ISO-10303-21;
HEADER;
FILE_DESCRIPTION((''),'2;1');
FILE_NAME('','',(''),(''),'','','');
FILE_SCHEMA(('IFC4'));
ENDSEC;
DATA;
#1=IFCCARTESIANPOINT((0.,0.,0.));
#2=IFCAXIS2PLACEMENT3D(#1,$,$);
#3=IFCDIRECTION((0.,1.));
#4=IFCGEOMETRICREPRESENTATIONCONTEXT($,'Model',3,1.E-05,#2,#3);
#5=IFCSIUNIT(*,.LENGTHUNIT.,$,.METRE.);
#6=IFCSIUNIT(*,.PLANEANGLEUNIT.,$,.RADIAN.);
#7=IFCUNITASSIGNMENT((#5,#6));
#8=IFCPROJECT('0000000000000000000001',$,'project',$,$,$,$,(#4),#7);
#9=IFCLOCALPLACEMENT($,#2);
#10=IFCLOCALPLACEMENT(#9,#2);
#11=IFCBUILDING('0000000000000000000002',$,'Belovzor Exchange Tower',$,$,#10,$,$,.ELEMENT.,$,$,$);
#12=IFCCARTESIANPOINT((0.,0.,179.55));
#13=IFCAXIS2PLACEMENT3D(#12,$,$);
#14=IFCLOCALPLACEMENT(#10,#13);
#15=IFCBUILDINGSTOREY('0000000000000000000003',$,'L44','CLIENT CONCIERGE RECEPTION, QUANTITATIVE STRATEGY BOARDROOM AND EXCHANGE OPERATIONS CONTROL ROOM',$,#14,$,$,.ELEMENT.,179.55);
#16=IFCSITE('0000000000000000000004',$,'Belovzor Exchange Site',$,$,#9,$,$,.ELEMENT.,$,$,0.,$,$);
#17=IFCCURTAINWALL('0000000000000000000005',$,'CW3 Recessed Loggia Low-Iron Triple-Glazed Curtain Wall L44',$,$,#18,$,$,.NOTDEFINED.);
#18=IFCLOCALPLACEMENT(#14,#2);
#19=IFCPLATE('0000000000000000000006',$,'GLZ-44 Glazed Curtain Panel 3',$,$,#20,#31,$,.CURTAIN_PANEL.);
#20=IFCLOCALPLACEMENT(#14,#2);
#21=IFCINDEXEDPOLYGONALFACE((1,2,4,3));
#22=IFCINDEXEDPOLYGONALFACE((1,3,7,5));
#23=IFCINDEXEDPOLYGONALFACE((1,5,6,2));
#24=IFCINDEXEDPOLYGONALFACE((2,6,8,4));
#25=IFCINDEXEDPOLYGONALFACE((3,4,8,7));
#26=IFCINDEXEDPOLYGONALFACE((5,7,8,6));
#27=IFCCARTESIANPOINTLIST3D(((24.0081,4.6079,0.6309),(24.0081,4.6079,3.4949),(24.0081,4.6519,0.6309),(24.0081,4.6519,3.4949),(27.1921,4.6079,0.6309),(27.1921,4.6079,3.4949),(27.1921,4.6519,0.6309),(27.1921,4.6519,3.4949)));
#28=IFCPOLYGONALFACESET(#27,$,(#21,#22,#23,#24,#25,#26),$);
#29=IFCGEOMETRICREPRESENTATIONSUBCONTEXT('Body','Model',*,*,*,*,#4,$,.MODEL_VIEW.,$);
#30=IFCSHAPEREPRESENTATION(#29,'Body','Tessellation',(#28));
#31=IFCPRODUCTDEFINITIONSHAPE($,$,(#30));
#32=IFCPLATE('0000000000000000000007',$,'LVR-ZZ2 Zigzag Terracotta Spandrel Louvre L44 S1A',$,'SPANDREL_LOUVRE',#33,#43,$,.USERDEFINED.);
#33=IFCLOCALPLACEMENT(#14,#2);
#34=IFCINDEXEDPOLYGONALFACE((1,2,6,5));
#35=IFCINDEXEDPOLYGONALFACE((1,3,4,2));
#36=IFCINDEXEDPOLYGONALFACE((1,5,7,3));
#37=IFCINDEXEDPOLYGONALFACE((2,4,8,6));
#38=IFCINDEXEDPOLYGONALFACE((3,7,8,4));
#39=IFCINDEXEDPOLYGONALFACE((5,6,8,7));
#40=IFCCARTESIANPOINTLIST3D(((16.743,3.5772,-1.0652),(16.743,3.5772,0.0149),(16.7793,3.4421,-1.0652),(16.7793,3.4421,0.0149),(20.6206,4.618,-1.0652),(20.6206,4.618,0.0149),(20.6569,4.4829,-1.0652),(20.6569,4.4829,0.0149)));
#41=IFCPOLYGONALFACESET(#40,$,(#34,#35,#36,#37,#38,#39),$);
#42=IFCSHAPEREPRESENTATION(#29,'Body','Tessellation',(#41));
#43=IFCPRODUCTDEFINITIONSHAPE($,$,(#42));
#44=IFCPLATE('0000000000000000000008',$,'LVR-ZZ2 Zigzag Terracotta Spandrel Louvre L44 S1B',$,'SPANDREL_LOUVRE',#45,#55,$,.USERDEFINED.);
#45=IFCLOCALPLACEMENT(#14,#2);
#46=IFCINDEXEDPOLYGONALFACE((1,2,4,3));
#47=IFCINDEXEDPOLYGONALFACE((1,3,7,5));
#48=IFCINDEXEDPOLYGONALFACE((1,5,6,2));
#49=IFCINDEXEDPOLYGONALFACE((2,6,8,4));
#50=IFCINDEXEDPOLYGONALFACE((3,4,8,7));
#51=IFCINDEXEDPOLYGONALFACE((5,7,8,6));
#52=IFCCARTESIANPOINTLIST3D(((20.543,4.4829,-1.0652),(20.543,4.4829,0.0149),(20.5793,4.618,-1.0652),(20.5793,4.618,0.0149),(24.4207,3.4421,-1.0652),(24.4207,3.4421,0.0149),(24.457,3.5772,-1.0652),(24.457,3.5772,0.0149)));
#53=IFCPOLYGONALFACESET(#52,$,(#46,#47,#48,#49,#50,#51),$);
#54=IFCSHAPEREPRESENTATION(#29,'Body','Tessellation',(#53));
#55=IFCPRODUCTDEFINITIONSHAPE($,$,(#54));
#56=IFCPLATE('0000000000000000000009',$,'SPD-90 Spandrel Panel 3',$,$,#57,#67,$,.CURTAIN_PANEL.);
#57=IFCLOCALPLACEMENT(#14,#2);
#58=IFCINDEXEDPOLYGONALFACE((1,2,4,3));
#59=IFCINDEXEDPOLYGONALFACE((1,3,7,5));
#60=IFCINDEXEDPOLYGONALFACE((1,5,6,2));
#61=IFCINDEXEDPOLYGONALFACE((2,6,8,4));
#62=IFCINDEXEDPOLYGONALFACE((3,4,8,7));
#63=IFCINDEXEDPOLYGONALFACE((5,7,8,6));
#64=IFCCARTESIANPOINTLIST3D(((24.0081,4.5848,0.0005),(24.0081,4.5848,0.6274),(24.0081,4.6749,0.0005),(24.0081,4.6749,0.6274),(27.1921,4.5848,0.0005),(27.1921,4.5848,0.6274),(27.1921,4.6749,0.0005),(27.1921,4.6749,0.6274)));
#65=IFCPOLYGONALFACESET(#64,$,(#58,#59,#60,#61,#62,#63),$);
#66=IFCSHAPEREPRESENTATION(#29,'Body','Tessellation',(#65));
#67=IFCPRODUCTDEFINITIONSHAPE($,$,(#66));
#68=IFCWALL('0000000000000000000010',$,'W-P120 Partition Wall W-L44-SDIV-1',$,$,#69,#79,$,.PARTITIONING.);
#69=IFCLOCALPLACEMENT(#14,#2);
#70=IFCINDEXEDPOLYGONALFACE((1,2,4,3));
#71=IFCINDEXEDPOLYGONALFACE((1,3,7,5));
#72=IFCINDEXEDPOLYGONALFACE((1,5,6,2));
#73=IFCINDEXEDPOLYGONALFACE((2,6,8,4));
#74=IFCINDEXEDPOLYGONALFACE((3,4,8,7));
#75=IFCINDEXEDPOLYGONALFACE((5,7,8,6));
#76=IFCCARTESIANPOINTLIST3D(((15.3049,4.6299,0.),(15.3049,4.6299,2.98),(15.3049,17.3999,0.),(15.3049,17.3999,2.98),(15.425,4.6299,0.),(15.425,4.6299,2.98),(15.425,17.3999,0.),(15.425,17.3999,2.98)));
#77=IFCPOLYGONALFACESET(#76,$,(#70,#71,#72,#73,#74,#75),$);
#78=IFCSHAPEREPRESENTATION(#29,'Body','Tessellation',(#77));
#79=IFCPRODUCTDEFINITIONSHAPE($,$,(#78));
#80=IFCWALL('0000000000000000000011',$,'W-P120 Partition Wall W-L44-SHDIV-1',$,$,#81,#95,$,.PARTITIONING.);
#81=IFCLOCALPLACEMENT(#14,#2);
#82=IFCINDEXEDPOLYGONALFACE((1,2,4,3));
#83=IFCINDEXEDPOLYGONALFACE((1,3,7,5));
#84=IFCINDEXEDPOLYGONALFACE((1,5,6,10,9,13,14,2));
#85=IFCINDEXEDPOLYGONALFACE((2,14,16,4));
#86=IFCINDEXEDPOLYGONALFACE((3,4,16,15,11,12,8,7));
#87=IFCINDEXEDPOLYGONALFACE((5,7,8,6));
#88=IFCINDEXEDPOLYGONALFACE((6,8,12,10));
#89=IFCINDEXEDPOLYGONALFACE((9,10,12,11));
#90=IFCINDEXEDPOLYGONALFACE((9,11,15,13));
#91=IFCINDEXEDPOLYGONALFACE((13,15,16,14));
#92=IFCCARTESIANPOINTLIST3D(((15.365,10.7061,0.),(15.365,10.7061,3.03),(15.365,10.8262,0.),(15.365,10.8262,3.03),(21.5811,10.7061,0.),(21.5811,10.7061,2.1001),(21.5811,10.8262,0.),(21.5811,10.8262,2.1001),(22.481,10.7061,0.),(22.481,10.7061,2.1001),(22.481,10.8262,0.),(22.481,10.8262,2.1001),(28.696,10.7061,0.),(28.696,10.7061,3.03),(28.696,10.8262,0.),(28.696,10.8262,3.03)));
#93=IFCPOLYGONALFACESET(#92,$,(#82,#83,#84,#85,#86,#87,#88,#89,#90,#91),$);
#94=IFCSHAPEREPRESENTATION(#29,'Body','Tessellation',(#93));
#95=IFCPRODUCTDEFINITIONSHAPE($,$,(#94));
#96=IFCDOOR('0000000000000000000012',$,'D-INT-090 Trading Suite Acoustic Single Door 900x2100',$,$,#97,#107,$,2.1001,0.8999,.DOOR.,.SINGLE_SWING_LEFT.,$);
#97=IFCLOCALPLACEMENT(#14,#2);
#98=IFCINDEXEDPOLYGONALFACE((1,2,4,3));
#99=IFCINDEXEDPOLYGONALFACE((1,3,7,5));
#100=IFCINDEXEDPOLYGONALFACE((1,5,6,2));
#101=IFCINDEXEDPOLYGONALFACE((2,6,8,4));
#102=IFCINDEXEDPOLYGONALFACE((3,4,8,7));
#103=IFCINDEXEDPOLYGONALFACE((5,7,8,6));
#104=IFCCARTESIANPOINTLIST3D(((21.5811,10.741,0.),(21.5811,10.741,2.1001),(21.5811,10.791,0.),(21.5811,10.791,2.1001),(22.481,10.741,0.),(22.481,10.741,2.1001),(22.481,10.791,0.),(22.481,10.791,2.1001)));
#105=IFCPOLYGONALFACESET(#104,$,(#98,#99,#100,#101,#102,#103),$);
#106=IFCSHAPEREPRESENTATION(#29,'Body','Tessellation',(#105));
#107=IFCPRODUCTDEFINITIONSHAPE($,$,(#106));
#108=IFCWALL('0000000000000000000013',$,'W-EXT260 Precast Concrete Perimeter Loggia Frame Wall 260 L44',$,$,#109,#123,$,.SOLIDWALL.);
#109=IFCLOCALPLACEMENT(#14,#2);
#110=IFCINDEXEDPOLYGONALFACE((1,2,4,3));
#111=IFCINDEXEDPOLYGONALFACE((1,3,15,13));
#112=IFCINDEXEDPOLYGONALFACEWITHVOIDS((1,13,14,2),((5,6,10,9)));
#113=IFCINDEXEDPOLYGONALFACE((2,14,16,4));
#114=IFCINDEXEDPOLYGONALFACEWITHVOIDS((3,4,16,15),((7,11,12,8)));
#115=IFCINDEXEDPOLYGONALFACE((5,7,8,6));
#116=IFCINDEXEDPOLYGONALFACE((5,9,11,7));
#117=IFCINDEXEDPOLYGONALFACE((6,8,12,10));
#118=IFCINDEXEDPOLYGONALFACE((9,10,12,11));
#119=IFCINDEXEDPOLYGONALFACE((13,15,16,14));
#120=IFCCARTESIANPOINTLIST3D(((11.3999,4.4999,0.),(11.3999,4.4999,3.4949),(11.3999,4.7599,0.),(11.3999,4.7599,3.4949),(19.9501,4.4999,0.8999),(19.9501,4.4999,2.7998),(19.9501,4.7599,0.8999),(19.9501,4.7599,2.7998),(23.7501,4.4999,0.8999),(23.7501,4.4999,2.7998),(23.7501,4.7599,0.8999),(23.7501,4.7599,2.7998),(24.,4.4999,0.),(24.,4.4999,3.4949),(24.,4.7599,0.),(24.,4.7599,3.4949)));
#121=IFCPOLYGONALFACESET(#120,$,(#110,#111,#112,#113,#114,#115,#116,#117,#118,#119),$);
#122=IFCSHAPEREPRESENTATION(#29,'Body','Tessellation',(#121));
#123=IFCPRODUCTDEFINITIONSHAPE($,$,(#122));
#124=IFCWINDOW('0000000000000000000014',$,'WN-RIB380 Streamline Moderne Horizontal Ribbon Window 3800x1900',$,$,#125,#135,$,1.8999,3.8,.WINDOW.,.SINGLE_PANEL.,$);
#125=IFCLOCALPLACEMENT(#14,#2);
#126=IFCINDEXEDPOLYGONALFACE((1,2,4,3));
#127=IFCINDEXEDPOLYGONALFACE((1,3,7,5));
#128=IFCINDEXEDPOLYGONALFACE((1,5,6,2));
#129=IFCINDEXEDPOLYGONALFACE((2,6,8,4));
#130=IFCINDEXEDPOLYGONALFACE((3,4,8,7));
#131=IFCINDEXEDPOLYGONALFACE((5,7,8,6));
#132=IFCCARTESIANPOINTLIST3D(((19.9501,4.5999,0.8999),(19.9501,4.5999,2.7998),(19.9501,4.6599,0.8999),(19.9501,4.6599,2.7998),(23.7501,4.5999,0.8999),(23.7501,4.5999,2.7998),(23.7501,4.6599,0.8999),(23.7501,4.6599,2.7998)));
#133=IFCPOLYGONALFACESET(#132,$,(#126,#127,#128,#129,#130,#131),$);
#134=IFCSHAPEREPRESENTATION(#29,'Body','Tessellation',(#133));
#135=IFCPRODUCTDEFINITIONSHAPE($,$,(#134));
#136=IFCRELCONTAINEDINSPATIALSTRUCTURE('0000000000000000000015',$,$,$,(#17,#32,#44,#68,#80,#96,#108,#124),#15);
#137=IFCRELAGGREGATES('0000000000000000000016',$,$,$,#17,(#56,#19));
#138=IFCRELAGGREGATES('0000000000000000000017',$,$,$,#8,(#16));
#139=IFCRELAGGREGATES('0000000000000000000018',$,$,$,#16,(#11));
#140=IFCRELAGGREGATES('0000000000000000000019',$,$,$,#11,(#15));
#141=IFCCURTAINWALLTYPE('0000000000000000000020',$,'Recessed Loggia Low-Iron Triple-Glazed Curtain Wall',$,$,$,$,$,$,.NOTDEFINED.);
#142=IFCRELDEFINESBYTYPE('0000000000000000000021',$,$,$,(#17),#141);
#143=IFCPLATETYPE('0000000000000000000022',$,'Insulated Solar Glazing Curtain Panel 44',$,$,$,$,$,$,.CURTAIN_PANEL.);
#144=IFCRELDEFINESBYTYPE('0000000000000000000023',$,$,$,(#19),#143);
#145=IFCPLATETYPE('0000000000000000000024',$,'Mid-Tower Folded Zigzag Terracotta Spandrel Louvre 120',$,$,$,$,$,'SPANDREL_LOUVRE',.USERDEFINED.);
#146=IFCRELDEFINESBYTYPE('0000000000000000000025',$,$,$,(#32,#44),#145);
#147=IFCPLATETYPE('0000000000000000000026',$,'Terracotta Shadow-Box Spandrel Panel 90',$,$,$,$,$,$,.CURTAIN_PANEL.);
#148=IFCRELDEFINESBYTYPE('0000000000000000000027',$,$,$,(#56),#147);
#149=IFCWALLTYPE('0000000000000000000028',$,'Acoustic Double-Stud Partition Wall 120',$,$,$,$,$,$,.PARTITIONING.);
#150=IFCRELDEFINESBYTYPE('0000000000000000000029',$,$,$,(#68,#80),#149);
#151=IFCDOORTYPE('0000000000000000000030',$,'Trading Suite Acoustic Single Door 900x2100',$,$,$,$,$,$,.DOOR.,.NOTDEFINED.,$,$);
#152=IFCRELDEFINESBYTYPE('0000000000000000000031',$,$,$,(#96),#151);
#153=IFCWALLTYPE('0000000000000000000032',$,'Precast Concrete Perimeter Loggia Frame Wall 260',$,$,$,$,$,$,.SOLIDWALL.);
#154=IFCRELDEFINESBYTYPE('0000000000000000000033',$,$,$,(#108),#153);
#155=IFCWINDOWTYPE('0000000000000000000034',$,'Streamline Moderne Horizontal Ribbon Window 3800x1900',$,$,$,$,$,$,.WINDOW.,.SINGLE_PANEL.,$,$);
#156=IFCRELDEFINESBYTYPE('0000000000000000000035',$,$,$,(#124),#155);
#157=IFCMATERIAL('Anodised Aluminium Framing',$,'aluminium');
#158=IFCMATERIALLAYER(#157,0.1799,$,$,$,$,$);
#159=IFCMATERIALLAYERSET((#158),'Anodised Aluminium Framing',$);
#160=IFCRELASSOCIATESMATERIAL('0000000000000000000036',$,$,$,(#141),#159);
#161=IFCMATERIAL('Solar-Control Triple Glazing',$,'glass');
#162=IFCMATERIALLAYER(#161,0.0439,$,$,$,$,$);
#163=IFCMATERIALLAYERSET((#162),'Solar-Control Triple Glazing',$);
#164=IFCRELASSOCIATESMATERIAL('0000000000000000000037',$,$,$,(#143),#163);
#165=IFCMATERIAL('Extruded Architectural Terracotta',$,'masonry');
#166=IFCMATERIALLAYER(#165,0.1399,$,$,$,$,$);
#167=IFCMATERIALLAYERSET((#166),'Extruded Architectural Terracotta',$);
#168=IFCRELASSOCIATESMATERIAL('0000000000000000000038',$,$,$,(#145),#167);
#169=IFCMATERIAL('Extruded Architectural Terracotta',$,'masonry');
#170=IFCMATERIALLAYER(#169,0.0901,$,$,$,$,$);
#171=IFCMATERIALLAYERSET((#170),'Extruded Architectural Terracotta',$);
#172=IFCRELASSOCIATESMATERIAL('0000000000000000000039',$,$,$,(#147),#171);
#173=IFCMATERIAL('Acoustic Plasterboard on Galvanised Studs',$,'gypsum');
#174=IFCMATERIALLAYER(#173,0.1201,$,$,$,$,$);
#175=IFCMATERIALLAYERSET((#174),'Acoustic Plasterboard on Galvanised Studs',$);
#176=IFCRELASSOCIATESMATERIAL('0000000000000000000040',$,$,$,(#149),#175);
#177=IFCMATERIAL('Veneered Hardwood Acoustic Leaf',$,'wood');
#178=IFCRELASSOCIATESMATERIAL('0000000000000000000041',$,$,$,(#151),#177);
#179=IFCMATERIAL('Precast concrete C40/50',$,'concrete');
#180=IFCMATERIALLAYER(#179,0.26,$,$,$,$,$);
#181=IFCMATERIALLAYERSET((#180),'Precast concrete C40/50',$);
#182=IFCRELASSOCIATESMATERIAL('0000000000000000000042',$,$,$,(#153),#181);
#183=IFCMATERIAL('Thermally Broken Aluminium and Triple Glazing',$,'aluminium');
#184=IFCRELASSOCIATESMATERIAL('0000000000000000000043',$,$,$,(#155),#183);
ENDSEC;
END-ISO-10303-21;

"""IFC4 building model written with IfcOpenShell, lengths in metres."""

from ifc_helpers import new_model, si_unit, direction, frame, frame_2d, origin, origin_2d, place, context, subcontext, project, spatial, rectangle, extrude, material, layer, layer_set, type_object, element, fill, aggregate, save


model = new_model("IFC4")

# Units and contexts
model_context = context("Model", 3, precision=1e-05, world=origin(), true_north=direction((0.0, 1.0)))
body_context = subcontext(model_context, "Body", "Model", "MODEL_VIEW")
ifc_project = project(units=[si_unit("LENGTHUNIT", "METRE"), si_unit("PLANEANGLEUNIT", "RADIAN")], contexts=[model_context])

# Site, building, storey
site_placement = place(None, origin())
site = spatial("IfcSite", under=ifc_project, at=site_placement, Name="Belovzor Exchange Site", CompositionType="ELEMENT", RefElevation=0.0)
building_placement = place(site_placement, origin())
building = spatial("IfcBuilding", under=site, at=building_placement, Name="Belovzor Exchange Tower", CompositionType="ELEMENT")
storey_placement = place(building_placement, frame((0.0, 0.0, 179.55)))
storey = spatial("IfcBuildingStorey", under=building, at=storey_placement, Name="L44", Description="CLIENT CONCIERGE RECEPTION, QUANTITATIVE STRATEGY BOARDROOM AND EXCHANGE OPERATIONS CONTROL ROOM", CompositionType="ELEMENT", Elevation=179.55)

# Curtain wall
ifc_material_1 = material(Name="Anodised Aluminium Framing", Category="aluminium")
ifc_layer_1 = layer(ifc_material_1, 0.1799)
ifc_layer_set_1 = layer_set([ifc_layer_1], Name="Anodised Aluminium Framing")
curtain_wall_type = type_object("IfcCurtainWallType", Name="Recessed Loggia Low-Iron Triple-Glazed Curtain Wall", PredefinedType="NOTDEFINED", material=ifc_layer_set_1)
curtain_wall_placement = place(storey_placement, origin())
curtain_wall = element("IfcCurtainWall", 1, at=curtain_wall_placement, inside=storey, type_object=curtain_wall_type, Name="CW3 Recessed Loggia Low-Iron Triple-Glazed Curtain Wall L44", PredefinedType="NOTDEFINED")

# Plate
ifc_material_2 = material(Name="Solar-Control Triple Glazing", Category="glass")
ifc_layer_2 = layer(ifc_material_2, 0.0439)
ifc_layer_set_2 = layer_set([ifc_layer_2], Name="Solar-Control Triple Glazing")
plate_type_1 = type_object("IfcPlateType", Name="Insulated Solar Glazing Curtain Panel 44", PredefinedType="CURTAIN_PANEL", material=ifc_layer_set_2)
plate_1_placement = place(storey_placement, frame((25.6001, 4.6299, 0.6309), z_axis=(0.0, 0.0, 1.0), x_axis=(-1.0, 0.0, 0.0)))
plate_1 = element("IfcPlate", 2, at=plate_1_placement, type_object=plate_type_1, Name="GLZ-44 Glazed Curtain Panel 3", PredefinedType="CURTAIN_PANEL", context=body_context, shape_type="SweptSolid", body=[
    extrude(rectangle(XDim=3.1841, YDim=0.0439, at=origin_2d()), origin(), (0.0, 0.0, 1.0), 2.864),
])

# Plates
ifc_material_3 = material(Name="Extruded Architectural Terracotta", Category="masonry")
ifc_layer_3 = layer(ifc_material_3, 0.1399)
ifc_layer_set_3 = layer_set([ifc_layer_3], Name="Extruded Architectural Terracotta")
plate_type_2 = type_object("IfcPlateType", Name="Mid-Tower Folded Zigzag Terracotta Spandrel Louvre 120", ElementType="SPANDREL_LOUVRE", PredefinedType="USERDEFINED", material=ifc_layer_set_3)
for number, where, z_axis, x_axis, name in (
    (3, (18.7, 4.03, -1.0652), (0.0, 0.0, 1.0), (0.965813, 0.25924, 0.0), "LVR-ZZ2 Zigzag Terracotta Spandrel Louvre L44 S1A"),
    (4, (22.5, 4.03, -1.0652), (0.0, 0.0, 1.0), (0.965813, -0.25924, 0.0), "LVR-ZZ2 Zigzag Terracotta Spandrel Louvre L44 S1B"),
):
    element("IfcPlate", number, at=place(storey_placement, frame(where, z_axis=z_axis, x_axis=x_axis)), inside=storey, type_object=plate_type_2, Name=name, ObjectType="SPANDREL_LOUVRE", PredefinedType="USERDEFINED", context=body_context, shape_type="SweptSolid", body=[
        extrude(rectangle(XDim=4.0149, YDim=0.1399, at=origin_2d()), origin(), (0.0, 0.0, 1.0), 1.0801),
    ])

# Plate
ifc_material_4 = material(Name="Extruded Architectural Terracotta", Category="masonry")
ifc_layer_4 = layer(ifc_material_4, 0.0901)
ifc_layer_set_4 = layer_set([ifc_layer_4], Name="Extruded Architectural Terracotta")
plate_type_3 = type_object("IfcPlateType", Name="Terracotta Shadow-Box Spandrel Panel 90", PredefinedType="CURTAIN_PANEL", material=ifc_layer_set_4)
plate_2_placement = place(storey_placement, frame((25.6001, 4.6299, 0.0005), z_axis=(0.0, 0.0, 1.0), x_axis=(-1.0, 0.0, 0.0)))
plate_2 = element("IfcPlate", 5, at=plate_2_placement, type_object=plate_type_3, Name="SPD-90 Spandrel Panel 3", PredefinedType="CURTAIN_PANEL", context=body_context, shape_type="SweptSolid", body=[
    extrude(rectangle(XDim=3.1841, YDim=0.0901, at=origin_2d()), origin(), (0.0, 0.0, 1.0), 0.627),
])
aggregate(curtain_wall, [plate_2, plate_1])

# Wall
ifc_material_5 = material(Name="Acoustic Plasterboard on Galvanised Studs", Category="gypsum")
ifc_layer_5 = layer(ifc_material_5, 0.1201)
ifc_layer_set_5 = layer_set([ifc_layer_5], Name="Acoustic Plasterboard on Galvanised Studs")
wall_type_1 = type_object("IfcWallType", Name="Acoustic Double-Stud Partition Wall 120", PredefinedType="PARTITIONING", material=ifc_layer_set_5)
wall_1_placement = place(storey_placement, frame((15.365, 4.6299, 0.0), z_axis=(0.0, 0.0, 1.0), x_axis=(0.0, 1.0, 0.0)))
element("IfcWall", 6, at=wall_1_placement, inside=storey, type_object=wall_type_1, Name="W-P120 Partition Wall W-L44-SDIV-1", PredefinedType="PARTITIONING", context=body_context, shape_type="SweptSolid", body=[
    extrude(rectangle(XDim=12.77, YDim=0.1201, at=frame_2d((6.385, 0.0))), origin(), (0.0, 0.0, 1.0), 2.98),
])

# Wall, opening, door
wall_2_placement = place(storey_placement, frame((15.365, 10.7661, 0.0), z_axis=(0.0, 0.0, 1.0), x_axis=(1.0, 0.0, 0.0)))
wall_2 = element("IfcWall", 7, at=wall_2_placement, inside=storey, type_object=wall_type_1, Name="W-P120 Partition Wall W-L44-SHDIV-1", PredefinedType="PARTITIONING", context=body_context, shape_type="SweptSolid", body=[
    extrude(rectangle(XDim=13.3311, YDim=0.1201, at=frame_2d((6.6655, 0.0))), origin(), (0.0, 0.0, 1.0), 3.03),
])
opening_1_placement = place(wall_2_placement, frame((6.2161, 0.0, 0.0)))
opening_1 = element("IfcOpeningElement", 8, at=opening_1_placement, cuts=wall_2, PredefinedType="OPENING", context=body_context, shape_type="SweptSolid", body=[
    extrude(rectangle(XDim=0.8999, YDim=2.1001, at=frame_2d((0.45, 1.05))), frame((0.0, 0.0701, 0.0), z_axis=(0.0, -1.0, 0.0), x_axis=(1.0, 0.0, 0.0)), (0.0, 0.0, 1.0), 0.1401),
])
ifc_material_6 = material(Name="Veneered Hardwood Acoustic Leaf", Category="wood")
door_type = type_object("IfcDoorType", Name="Trading Suite Acoustic Single Door 900x2100", OperationType="NOTDEFINED", PredefinedType="DOOR", material=ifc_material_6)
door_placement = place(opening_1_placement, origin())
door = element("IfcDoor", 9, at=door_placement, inside=storey, type_object=door_type, Name="D-INT-090 Trading Suite Acoustic Single Door 900x2100", OperationType="SINGLE_SWING_LEFT", OverallHeight=2.1001, OverallWidth=0.8999, PredefinedType="DOOR", context=body_context, shape_type="SweptSolid", body=[
    extrude(rectangle(XDim=0.8999, YDim=2.1001, at=frame_2d((0.45, 1.05))), frame((0.0, 0.0249, 0.0), z_axis=(0.0, -1.0, 0.0), x_axis=(1.0, 0.0, 0.0)), (0.0, 0.0, 1.0), 0.05),
])
fill(opening_1, door)

# Wall, opening, window
ifc_material_7 = material(Name="Precast concrete C40/50", Category="concrete")
ifc_layer_6 = layer(ifc_material_7, 0.26)
ifc_layer_set_6 = layer_set([ifc_layer_6], Name="Precast concrete C40/50")
wall_type_2 = type_object("IfcWallType", Name="Precast Concrete Perimeter Loggia Frame Wall 260", PredefinedType="SOLIDWALL", material=ifc_layer_set_6)
wall_3_placement = place(storey_placement, frame((24.0, 4.6299, 0.0), z_axis=(0.0, 0.0, 1.0), x_axis=(-1.0, 0.0, 0.0)))
wall_3 = element("IfcWall", 10, at=wall_3_placement, inside=storey, type_object=wall_type_2, Name="W-EXT260 Precast Concrete Perimeter Loggia Frame Wall 260 L44", PredefinedType="SOLIDWALL", context=body_context, shape_type="SweptSolid", body=[
    extrude(rectangle(XDim=12.6001, YDim=0.26, at=frame_2d((6.3, 0.0))), origin(), (0.0, 0.0, 1.0), 3.4949),
])
opening_2_placement = place(wall_3_placement, frame((0.25, 0.0, 0.8999)))
opening_2 = element("IfcOpeningElement", 11, at=opening_2_placement, cuts=wall_3, PredefinedType="OPENING", context=body_context, shape_type="SweptSolid", body=[
    extrude(rectangle(XDim=3.8, YDim=1.8999, at=frame_2d((1.8999, 0.95))), frame((0.0, 0.1399, 0.0), z_axis=(0.0, -1.0, 0.0), x_axis=(1.0, 0.0, 0.0)), (0.0, 0.0, 1.0), 0.28),
])
ifc_material_8 = material(Name="Thermally Broken Aluminium and Triple Glazing", Category="aluminium")
window_type = type_object("IfcWindowType", Name="Streamline Moderne Horizontal Ribbon Window 3800x1900", PartitioningType="SINGLE_PANEL", PredefinedType="WINDOW", material=ifc_material_8)
window_placement = place(opening_2_placement, origin())
window = element("IfcWindow", 12, at=window_placement, inside=storey, type_object=window_type, Name="WN-RIB380 Streamline Moderne Horizontal Ribbon Window 3800x1900", OverallHeight=1.8999, OverallWidth=3.8, PartitioningType="SINGLE_PANEL", PredefinedType="WINDOW", context=body_context, shape_type="SweptSolid", body=[
    extrude(rectangle(XDim=3.8, YDim=1.8999, at=frame_2d((1.8999, 0.95))), frame((0.0, 0.03, 0.0), z_axis=(0.0, -1.0, 0.0), x_axis=(1.0, 0.0, 0.0)), (0.0, 0.0, 1.0), 0.0601),
])
fill(opening_2, window)

save(model, "model.ifc")
